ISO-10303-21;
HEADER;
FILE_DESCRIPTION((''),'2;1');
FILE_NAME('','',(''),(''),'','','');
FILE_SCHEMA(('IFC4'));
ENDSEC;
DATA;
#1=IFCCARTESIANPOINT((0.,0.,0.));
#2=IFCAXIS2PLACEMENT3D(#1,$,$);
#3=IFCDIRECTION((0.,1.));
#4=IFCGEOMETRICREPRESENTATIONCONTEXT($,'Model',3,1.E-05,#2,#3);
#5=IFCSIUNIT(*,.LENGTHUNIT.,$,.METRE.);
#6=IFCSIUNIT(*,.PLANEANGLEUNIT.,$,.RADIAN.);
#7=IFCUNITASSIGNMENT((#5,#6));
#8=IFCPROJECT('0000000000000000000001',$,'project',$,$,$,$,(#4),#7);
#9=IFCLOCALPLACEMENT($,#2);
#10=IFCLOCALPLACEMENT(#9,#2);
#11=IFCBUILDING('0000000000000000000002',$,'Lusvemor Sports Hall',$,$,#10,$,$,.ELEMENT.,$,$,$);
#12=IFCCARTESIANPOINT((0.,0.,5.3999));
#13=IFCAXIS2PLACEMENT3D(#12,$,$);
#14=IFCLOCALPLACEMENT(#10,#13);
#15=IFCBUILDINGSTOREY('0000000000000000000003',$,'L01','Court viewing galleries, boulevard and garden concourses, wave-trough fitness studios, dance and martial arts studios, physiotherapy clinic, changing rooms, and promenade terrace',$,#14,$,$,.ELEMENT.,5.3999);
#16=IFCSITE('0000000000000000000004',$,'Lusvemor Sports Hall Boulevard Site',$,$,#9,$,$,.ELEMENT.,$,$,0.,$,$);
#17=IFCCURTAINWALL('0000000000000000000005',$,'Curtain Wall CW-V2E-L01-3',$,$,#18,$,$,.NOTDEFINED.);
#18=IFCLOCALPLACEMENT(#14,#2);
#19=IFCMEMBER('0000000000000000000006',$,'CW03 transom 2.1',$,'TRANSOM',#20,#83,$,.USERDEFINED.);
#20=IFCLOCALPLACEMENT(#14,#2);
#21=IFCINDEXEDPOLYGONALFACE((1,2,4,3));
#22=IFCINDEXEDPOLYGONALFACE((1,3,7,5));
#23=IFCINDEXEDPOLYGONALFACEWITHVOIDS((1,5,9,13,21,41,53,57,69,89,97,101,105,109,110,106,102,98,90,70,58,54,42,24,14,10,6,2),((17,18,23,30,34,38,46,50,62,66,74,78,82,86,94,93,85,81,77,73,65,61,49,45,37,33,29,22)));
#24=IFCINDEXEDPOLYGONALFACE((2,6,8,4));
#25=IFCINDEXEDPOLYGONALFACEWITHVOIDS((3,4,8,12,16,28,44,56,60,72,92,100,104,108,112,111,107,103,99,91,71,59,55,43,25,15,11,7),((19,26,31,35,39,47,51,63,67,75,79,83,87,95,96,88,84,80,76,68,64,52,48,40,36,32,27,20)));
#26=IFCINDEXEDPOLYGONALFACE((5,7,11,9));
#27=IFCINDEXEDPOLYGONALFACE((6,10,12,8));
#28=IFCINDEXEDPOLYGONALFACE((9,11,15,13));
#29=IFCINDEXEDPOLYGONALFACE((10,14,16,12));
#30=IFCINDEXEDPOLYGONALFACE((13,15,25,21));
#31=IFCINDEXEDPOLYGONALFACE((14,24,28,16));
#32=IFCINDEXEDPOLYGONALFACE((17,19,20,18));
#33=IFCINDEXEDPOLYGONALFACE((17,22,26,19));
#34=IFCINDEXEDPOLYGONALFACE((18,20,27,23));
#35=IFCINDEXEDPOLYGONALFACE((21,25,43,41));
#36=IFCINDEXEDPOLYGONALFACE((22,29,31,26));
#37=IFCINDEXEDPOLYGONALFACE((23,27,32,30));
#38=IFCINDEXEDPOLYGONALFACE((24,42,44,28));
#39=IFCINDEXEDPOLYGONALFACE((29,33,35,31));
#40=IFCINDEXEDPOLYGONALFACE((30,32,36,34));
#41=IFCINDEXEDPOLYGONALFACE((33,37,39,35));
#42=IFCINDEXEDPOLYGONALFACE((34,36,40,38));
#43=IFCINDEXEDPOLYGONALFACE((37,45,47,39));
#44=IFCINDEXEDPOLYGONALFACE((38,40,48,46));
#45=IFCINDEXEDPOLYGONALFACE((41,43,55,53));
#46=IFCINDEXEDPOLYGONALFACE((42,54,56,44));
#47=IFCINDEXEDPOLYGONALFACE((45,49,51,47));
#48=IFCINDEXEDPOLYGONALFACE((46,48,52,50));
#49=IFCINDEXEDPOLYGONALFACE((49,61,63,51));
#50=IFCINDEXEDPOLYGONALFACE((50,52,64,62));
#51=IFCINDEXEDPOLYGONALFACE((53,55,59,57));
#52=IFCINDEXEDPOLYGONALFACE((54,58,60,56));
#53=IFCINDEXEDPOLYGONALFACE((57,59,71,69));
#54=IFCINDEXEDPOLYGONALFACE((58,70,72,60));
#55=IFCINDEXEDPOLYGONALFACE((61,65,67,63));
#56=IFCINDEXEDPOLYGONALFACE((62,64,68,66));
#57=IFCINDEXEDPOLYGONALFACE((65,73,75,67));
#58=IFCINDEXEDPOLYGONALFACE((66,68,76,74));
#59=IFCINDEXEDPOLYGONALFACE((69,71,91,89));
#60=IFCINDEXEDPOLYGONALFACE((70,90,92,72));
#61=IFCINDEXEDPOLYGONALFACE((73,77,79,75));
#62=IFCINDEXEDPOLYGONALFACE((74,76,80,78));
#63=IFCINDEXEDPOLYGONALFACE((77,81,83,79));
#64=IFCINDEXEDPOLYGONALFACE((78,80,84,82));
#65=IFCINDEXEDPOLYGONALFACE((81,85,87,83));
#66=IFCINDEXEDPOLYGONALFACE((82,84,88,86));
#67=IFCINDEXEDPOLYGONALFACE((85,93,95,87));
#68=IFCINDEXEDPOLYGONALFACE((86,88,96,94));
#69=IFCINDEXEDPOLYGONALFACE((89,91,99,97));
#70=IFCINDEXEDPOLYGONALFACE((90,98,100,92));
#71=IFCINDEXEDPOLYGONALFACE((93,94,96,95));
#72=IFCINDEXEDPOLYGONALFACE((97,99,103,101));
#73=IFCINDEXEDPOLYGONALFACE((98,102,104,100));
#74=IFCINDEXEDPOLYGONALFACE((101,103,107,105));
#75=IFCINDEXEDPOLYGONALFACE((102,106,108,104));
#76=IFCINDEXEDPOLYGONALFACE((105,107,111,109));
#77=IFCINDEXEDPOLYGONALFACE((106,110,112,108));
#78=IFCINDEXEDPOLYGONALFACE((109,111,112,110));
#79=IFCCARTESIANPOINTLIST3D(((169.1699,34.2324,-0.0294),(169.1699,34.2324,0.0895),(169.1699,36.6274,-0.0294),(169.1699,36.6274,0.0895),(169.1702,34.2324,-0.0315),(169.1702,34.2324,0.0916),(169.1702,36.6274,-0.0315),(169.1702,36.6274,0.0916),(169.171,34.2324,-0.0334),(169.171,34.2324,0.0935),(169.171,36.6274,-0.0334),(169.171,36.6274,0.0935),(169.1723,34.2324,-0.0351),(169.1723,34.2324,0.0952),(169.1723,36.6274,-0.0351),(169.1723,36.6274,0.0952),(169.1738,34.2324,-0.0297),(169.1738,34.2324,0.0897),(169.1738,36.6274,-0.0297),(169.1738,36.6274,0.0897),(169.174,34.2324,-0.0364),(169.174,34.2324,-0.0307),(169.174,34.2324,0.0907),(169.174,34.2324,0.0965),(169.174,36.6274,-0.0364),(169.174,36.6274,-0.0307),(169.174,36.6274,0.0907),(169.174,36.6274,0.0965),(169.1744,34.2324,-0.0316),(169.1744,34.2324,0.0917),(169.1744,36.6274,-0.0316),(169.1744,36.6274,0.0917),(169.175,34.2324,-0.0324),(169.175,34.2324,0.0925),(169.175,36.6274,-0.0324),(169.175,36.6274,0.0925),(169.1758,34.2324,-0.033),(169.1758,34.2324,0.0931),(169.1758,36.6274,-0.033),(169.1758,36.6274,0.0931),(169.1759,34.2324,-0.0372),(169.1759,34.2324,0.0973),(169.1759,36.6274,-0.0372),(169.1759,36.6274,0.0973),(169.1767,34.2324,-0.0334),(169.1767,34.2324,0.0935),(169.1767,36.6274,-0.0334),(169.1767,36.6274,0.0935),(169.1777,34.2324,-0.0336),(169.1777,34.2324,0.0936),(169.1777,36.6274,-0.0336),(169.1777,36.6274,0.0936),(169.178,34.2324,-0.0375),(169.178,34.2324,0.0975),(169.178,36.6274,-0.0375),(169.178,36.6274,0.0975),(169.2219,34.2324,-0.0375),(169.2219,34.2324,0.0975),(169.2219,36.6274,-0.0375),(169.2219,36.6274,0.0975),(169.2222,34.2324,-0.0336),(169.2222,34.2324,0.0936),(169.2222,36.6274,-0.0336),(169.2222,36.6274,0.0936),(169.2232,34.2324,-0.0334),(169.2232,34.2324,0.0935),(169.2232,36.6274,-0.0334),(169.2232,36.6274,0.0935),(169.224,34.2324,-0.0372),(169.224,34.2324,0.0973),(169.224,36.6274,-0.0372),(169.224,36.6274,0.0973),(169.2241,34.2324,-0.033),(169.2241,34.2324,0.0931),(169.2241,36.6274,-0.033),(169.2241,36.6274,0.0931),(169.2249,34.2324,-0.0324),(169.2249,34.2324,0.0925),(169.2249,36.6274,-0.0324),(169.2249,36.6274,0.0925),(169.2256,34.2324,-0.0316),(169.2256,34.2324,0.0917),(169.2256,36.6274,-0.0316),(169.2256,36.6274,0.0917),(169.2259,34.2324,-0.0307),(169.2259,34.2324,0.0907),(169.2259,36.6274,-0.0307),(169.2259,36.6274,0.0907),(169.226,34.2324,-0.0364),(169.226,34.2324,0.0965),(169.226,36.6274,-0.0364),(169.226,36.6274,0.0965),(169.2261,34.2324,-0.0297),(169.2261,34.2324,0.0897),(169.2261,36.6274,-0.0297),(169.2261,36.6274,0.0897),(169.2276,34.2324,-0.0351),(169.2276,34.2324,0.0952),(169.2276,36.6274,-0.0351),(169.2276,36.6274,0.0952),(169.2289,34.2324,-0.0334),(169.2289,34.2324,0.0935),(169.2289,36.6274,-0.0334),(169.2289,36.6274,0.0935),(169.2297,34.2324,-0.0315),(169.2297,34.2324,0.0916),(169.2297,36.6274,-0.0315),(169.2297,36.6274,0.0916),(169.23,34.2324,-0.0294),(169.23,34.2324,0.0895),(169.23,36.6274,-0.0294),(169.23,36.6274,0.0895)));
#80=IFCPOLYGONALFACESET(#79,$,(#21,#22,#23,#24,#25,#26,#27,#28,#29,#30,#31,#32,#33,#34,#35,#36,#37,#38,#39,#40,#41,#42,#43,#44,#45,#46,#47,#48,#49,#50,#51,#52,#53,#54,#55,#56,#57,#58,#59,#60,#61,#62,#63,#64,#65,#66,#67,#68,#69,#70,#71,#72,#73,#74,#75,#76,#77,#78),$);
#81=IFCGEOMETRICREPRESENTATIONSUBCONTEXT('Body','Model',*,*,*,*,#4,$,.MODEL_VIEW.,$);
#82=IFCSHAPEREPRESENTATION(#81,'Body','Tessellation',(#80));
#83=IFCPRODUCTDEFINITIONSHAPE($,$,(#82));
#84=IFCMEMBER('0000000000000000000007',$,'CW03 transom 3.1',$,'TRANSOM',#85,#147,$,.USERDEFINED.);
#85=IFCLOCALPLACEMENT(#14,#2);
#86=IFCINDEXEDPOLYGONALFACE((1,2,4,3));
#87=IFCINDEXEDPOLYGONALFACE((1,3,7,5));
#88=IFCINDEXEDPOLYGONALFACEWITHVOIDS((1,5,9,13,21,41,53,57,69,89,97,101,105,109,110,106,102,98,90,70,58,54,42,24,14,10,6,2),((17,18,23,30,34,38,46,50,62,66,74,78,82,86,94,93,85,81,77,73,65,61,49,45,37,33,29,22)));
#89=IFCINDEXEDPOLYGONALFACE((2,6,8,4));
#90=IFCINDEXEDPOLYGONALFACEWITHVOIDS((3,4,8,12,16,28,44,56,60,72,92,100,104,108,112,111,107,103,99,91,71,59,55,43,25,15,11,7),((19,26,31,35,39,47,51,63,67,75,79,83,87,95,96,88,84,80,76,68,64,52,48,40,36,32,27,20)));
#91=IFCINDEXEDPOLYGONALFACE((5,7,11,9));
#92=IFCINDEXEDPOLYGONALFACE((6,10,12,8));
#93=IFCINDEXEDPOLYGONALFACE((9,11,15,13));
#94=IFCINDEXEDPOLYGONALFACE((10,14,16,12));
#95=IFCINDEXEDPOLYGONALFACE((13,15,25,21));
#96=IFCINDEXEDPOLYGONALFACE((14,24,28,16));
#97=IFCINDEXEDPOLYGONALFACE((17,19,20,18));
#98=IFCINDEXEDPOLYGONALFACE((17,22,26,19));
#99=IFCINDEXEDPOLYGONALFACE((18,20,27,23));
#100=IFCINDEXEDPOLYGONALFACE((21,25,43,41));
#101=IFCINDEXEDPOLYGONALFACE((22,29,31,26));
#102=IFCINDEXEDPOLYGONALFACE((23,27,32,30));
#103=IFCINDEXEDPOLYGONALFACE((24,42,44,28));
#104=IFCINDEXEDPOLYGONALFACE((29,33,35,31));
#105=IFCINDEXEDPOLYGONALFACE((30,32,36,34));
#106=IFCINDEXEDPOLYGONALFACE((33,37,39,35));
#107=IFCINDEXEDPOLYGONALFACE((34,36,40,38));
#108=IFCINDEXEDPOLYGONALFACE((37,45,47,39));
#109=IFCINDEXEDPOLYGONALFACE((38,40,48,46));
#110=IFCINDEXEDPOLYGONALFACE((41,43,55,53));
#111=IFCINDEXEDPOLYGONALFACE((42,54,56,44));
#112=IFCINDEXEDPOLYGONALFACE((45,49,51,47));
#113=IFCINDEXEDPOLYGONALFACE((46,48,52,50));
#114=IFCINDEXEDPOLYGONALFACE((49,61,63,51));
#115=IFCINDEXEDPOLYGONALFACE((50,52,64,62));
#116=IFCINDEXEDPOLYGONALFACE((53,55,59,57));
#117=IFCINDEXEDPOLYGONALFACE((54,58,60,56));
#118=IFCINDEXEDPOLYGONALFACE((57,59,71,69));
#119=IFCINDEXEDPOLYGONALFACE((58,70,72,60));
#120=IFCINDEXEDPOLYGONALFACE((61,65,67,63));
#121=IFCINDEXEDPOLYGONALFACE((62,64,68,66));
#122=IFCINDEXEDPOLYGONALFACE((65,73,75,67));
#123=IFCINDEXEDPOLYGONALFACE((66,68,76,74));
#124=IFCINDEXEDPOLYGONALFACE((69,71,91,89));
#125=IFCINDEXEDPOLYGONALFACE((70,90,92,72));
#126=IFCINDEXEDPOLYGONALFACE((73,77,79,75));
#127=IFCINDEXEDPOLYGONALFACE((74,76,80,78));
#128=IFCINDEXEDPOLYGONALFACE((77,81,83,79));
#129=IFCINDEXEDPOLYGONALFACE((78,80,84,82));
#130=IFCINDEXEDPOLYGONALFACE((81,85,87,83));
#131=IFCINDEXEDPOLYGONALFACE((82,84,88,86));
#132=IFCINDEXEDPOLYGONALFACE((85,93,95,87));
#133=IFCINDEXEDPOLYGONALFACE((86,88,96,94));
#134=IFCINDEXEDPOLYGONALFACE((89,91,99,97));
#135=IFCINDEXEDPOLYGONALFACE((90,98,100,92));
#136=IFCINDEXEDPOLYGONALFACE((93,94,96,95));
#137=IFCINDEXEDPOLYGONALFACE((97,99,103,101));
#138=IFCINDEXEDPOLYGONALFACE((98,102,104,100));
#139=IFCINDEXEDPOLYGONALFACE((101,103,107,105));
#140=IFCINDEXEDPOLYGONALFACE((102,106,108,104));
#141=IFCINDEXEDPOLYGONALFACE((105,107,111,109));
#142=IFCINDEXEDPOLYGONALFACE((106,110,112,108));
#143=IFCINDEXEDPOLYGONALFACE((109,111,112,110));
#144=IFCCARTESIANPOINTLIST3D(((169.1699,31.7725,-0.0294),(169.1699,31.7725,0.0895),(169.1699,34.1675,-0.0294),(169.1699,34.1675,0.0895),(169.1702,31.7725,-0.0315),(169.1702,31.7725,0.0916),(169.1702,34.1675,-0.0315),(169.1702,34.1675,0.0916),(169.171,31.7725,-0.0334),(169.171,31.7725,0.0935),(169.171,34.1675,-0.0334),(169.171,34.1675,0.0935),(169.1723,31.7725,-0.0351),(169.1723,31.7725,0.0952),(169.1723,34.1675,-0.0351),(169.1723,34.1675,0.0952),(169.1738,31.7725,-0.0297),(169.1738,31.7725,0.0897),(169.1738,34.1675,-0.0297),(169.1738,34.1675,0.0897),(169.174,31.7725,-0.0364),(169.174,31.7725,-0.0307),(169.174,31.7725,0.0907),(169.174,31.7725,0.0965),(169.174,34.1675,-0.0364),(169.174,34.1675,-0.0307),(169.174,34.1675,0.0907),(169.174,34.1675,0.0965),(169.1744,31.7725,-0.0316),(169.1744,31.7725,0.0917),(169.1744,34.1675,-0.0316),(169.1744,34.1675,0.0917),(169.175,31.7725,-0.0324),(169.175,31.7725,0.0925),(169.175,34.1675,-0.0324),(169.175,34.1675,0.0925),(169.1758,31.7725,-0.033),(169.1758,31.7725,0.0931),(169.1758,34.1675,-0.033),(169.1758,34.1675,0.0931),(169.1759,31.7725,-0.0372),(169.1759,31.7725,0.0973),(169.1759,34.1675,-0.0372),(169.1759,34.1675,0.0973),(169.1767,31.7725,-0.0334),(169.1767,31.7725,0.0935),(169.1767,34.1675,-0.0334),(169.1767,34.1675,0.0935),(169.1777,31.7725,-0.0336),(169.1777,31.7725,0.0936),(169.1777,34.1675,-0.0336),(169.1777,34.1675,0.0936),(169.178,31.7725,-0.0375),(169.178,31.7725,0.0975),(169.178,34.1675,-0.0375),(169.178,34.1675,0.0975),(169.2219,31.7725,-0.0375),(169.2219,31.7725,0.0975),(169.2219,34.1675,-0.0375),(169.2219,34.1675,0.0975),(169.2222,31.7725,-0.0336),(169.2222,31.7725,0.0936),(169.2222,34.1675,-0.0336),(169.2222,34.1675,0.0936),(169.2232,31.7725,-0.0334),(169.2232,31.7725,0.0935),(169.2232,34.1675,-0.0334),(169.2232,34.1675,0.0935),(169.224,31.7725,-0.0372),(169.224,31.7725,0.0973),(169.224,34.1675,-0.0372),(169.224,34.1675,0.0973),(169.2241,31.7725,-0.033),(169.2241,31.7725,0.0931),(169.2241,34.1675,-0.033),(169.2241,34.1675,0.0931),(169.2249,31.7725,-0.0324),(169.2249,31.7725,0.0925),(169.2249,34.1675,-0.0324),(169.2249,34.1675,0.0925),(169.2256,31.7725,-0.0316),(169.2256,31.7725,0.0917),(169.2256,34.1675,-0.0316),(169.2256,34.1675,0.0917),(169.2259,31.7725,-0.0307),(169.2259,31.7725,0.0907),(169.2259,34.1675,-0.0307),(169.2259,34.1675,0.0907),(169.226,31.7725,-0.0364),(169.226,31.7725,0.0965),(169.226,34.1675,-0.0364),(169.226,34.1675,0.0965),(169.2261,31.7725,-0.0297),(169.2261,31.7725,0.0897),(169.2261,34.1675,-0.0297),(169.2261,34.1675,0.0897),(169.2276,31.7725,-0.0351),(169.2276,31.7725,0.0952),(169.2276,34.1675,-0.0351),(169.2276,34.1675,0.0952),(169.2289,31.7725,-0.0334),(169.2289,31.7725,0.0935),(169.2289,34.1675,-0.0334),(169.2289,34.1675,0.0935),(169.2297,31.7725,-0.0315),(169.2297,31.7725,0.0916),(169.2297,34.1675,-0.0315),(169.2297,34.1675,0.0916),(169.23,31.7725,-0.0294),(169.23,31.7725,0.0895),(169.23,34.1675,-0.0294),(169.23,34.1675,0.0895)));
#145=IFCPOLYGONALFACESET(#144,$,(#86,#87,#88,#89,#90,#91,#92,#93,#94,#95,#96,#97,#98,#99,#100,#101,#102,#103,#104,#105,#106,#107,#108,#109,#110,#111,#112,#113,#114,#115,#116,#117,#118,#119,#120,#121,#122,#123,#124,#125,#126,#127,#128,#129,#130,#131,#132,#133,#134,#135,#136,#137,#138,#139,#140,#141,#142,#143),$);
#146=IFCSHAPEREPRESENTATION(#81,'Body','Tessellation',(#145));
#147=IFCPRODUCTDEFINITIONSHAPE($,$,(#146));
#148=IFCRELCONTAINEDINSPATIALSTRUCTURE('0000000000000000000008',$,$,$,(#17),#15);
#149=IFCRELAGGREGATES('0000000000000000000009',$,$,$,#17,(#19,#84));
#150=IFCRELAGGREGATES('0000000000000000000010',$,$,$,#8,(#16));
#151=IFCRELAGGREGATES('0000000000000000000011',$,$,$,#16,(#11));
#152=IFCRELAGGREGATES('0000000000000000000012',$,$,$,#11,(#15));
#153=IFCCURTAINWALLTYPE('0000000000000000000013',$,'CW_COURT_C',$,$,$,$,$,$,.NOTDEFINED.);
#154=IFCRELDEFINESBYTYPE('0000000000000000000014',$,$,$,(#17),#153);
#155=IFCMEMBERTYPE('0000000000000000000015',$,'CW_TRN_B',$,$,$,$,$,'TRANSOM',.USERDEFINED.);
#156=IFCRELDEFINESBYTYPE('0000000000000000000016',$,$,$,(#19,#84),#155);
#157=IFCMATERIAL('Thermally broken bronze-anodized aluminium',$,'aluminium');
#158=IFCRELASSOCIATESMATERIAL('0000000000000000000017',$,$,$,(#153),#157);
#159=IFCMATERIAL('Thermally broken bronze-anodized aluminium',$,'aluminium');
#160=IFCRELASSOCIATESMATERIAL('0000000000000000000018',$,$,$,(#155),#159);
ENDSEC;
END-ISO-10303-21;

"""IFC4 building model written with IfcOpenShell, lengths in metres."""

from ifc_helpers import new_model, si_unit, direction, frame, origin, origin_2d, place, context, subcontext, project, spatial, hollow_rectangle, extrude, material, material_profile, profile_set, type_object, element, aggregate, save


model = new_model("IFC4")

# Units and contexts
model_context = context("Model", 3, precision=1e-05, world=origin(), true_north=direction((0.0, 1.0)))
body_context = subcontext(model_context, "Body", "Model", "MODEL_VIEW")
ifc_project = project(units=[si_unit("LENGTHUNIT", "METRE"), si_unit("PLANEANGLEUNIT", "RADIAN")], contexts=[model_context])

# Site, building, storey
site_placement = place(None, origin())
site = spatial("IfcSite", under=ifc_project, at=site_placement, Name="Lusvemor Sports Hall Boulevard Site", CompositionType="ELEMENT", RefElevation=0.0)
building_placement = place(site_placement, origin())
building = spatial("IfcBuilding", under=site, at=building_placement, Name="Lusvemor Sports Hall", CompositionType="ELEMENT")
storey_placement = place(building_placement, frame((0.0, 0.0, 5.3999)))
storey = spatial("IfcBuildingStorey", under=building, at=storey_placement, Name="L01", Description="Court viewing galleries, boulevard and garden concourses, wave-trough fitness studios, dance and martial arts studios, physiotherapy clinic, changing rooms, and promenade terrace", CompositionType="ELEMENT", Elevation=5.3999)

# Shared definitions
ifc_material_1 = material(Name="Thermally broken bronze-anodized aluminium", Category="aluminium")
curtain_wall_type = type_object("IfcCurtainWallType", Name="CW_COURT_C", PredefinedType="NOTDEFINED", material=ifc_material_1)

# Curtain wall, members
curtain_wall_1_placement = place(storey_placement, origin())
curtain_wall_1 = element("IfcCurtainWall", 1, at=curtain_wall_1_placement, inside=storey, type_object=curtain_wall_type, Name="Curtain Wall CW-V2E-L01-3", PredefinedType="NOTDEFINED")
ifc_material_2 = material(Name="Thermally broken bronze-anodized aluminium", Category="aluminium")
ifc_material_profile_1 = material_profile(ifc_material_2, hollow_rectangle(XDim=0.0601, YDim=0.135, WallThickness=0.0039, InnerFilletRadius=0.0039, OuterFilletRadius=0.0081, at=origin_2d()), Name="CWTRN135x60x4")
ifc_profile_set_1 = profile_set([ifc_material_profile_1], Name="Thermally broken bronze-anodized aluminium")
member_type_1 = type_object("IfcMemberType", Name="CW_TRN_B", ElementType="TRANSOM", PredefinedType="USERDEFINED", material=ifc_profile_set_1)
member_1_placement = place(storey_placement, frame((169.2, 36.6274, 0.03), z_axis=(0.0, -1.0, 0.0), x_axis=(1.0, 0.0, 0.0)))
member_1 = element("IfcMember", 2, at=member_1_placement, type_object=member_type_1, Name="CW03 transom 2.1", ObjectType="TRANSOM", PredefinedType="USERDEFINED", context=body_context, shape_type="SweptSolid", body=[
    extrude(hollow_rectangle(XDim=0.0601, YDim=0.135, WallThickness=0.0039, InnerFilletRadius=0.0039, OuterFilletRadius=0.0081, at=origin_2d()), origin(), (0.0, 0.0, 1.0), 2.395),
])
member_2_placement = place(storey_placement, frame((169.2, 34.1675, 0.03), z_axis=(0.0, -1.0, 0.0), x_axis=(1.0, 0.0, 0.0)))
member_2 = element("IfcMember", 3, at=member_2_placement, type_object=member_type_1, Name="CW03 transom 3.1", ObjectType="TRANSOM", PredefinedType="USERDEFINED", context=body_context, shape_type="SweptSolid", body=[
    extrude(hollow_rectangle(XDim=0.0601, YDim=0.135, WallThickness=0.0039, InnerFilletRadius=0.0039, OuterFilletRadius=0.0081, at=origin_2d()), origin(), (0.0, 0.0, 1.0), 2.395),
])

aggregate(curtain_wall_1, [member_1, member_2])

save(model, "model.ifc")
